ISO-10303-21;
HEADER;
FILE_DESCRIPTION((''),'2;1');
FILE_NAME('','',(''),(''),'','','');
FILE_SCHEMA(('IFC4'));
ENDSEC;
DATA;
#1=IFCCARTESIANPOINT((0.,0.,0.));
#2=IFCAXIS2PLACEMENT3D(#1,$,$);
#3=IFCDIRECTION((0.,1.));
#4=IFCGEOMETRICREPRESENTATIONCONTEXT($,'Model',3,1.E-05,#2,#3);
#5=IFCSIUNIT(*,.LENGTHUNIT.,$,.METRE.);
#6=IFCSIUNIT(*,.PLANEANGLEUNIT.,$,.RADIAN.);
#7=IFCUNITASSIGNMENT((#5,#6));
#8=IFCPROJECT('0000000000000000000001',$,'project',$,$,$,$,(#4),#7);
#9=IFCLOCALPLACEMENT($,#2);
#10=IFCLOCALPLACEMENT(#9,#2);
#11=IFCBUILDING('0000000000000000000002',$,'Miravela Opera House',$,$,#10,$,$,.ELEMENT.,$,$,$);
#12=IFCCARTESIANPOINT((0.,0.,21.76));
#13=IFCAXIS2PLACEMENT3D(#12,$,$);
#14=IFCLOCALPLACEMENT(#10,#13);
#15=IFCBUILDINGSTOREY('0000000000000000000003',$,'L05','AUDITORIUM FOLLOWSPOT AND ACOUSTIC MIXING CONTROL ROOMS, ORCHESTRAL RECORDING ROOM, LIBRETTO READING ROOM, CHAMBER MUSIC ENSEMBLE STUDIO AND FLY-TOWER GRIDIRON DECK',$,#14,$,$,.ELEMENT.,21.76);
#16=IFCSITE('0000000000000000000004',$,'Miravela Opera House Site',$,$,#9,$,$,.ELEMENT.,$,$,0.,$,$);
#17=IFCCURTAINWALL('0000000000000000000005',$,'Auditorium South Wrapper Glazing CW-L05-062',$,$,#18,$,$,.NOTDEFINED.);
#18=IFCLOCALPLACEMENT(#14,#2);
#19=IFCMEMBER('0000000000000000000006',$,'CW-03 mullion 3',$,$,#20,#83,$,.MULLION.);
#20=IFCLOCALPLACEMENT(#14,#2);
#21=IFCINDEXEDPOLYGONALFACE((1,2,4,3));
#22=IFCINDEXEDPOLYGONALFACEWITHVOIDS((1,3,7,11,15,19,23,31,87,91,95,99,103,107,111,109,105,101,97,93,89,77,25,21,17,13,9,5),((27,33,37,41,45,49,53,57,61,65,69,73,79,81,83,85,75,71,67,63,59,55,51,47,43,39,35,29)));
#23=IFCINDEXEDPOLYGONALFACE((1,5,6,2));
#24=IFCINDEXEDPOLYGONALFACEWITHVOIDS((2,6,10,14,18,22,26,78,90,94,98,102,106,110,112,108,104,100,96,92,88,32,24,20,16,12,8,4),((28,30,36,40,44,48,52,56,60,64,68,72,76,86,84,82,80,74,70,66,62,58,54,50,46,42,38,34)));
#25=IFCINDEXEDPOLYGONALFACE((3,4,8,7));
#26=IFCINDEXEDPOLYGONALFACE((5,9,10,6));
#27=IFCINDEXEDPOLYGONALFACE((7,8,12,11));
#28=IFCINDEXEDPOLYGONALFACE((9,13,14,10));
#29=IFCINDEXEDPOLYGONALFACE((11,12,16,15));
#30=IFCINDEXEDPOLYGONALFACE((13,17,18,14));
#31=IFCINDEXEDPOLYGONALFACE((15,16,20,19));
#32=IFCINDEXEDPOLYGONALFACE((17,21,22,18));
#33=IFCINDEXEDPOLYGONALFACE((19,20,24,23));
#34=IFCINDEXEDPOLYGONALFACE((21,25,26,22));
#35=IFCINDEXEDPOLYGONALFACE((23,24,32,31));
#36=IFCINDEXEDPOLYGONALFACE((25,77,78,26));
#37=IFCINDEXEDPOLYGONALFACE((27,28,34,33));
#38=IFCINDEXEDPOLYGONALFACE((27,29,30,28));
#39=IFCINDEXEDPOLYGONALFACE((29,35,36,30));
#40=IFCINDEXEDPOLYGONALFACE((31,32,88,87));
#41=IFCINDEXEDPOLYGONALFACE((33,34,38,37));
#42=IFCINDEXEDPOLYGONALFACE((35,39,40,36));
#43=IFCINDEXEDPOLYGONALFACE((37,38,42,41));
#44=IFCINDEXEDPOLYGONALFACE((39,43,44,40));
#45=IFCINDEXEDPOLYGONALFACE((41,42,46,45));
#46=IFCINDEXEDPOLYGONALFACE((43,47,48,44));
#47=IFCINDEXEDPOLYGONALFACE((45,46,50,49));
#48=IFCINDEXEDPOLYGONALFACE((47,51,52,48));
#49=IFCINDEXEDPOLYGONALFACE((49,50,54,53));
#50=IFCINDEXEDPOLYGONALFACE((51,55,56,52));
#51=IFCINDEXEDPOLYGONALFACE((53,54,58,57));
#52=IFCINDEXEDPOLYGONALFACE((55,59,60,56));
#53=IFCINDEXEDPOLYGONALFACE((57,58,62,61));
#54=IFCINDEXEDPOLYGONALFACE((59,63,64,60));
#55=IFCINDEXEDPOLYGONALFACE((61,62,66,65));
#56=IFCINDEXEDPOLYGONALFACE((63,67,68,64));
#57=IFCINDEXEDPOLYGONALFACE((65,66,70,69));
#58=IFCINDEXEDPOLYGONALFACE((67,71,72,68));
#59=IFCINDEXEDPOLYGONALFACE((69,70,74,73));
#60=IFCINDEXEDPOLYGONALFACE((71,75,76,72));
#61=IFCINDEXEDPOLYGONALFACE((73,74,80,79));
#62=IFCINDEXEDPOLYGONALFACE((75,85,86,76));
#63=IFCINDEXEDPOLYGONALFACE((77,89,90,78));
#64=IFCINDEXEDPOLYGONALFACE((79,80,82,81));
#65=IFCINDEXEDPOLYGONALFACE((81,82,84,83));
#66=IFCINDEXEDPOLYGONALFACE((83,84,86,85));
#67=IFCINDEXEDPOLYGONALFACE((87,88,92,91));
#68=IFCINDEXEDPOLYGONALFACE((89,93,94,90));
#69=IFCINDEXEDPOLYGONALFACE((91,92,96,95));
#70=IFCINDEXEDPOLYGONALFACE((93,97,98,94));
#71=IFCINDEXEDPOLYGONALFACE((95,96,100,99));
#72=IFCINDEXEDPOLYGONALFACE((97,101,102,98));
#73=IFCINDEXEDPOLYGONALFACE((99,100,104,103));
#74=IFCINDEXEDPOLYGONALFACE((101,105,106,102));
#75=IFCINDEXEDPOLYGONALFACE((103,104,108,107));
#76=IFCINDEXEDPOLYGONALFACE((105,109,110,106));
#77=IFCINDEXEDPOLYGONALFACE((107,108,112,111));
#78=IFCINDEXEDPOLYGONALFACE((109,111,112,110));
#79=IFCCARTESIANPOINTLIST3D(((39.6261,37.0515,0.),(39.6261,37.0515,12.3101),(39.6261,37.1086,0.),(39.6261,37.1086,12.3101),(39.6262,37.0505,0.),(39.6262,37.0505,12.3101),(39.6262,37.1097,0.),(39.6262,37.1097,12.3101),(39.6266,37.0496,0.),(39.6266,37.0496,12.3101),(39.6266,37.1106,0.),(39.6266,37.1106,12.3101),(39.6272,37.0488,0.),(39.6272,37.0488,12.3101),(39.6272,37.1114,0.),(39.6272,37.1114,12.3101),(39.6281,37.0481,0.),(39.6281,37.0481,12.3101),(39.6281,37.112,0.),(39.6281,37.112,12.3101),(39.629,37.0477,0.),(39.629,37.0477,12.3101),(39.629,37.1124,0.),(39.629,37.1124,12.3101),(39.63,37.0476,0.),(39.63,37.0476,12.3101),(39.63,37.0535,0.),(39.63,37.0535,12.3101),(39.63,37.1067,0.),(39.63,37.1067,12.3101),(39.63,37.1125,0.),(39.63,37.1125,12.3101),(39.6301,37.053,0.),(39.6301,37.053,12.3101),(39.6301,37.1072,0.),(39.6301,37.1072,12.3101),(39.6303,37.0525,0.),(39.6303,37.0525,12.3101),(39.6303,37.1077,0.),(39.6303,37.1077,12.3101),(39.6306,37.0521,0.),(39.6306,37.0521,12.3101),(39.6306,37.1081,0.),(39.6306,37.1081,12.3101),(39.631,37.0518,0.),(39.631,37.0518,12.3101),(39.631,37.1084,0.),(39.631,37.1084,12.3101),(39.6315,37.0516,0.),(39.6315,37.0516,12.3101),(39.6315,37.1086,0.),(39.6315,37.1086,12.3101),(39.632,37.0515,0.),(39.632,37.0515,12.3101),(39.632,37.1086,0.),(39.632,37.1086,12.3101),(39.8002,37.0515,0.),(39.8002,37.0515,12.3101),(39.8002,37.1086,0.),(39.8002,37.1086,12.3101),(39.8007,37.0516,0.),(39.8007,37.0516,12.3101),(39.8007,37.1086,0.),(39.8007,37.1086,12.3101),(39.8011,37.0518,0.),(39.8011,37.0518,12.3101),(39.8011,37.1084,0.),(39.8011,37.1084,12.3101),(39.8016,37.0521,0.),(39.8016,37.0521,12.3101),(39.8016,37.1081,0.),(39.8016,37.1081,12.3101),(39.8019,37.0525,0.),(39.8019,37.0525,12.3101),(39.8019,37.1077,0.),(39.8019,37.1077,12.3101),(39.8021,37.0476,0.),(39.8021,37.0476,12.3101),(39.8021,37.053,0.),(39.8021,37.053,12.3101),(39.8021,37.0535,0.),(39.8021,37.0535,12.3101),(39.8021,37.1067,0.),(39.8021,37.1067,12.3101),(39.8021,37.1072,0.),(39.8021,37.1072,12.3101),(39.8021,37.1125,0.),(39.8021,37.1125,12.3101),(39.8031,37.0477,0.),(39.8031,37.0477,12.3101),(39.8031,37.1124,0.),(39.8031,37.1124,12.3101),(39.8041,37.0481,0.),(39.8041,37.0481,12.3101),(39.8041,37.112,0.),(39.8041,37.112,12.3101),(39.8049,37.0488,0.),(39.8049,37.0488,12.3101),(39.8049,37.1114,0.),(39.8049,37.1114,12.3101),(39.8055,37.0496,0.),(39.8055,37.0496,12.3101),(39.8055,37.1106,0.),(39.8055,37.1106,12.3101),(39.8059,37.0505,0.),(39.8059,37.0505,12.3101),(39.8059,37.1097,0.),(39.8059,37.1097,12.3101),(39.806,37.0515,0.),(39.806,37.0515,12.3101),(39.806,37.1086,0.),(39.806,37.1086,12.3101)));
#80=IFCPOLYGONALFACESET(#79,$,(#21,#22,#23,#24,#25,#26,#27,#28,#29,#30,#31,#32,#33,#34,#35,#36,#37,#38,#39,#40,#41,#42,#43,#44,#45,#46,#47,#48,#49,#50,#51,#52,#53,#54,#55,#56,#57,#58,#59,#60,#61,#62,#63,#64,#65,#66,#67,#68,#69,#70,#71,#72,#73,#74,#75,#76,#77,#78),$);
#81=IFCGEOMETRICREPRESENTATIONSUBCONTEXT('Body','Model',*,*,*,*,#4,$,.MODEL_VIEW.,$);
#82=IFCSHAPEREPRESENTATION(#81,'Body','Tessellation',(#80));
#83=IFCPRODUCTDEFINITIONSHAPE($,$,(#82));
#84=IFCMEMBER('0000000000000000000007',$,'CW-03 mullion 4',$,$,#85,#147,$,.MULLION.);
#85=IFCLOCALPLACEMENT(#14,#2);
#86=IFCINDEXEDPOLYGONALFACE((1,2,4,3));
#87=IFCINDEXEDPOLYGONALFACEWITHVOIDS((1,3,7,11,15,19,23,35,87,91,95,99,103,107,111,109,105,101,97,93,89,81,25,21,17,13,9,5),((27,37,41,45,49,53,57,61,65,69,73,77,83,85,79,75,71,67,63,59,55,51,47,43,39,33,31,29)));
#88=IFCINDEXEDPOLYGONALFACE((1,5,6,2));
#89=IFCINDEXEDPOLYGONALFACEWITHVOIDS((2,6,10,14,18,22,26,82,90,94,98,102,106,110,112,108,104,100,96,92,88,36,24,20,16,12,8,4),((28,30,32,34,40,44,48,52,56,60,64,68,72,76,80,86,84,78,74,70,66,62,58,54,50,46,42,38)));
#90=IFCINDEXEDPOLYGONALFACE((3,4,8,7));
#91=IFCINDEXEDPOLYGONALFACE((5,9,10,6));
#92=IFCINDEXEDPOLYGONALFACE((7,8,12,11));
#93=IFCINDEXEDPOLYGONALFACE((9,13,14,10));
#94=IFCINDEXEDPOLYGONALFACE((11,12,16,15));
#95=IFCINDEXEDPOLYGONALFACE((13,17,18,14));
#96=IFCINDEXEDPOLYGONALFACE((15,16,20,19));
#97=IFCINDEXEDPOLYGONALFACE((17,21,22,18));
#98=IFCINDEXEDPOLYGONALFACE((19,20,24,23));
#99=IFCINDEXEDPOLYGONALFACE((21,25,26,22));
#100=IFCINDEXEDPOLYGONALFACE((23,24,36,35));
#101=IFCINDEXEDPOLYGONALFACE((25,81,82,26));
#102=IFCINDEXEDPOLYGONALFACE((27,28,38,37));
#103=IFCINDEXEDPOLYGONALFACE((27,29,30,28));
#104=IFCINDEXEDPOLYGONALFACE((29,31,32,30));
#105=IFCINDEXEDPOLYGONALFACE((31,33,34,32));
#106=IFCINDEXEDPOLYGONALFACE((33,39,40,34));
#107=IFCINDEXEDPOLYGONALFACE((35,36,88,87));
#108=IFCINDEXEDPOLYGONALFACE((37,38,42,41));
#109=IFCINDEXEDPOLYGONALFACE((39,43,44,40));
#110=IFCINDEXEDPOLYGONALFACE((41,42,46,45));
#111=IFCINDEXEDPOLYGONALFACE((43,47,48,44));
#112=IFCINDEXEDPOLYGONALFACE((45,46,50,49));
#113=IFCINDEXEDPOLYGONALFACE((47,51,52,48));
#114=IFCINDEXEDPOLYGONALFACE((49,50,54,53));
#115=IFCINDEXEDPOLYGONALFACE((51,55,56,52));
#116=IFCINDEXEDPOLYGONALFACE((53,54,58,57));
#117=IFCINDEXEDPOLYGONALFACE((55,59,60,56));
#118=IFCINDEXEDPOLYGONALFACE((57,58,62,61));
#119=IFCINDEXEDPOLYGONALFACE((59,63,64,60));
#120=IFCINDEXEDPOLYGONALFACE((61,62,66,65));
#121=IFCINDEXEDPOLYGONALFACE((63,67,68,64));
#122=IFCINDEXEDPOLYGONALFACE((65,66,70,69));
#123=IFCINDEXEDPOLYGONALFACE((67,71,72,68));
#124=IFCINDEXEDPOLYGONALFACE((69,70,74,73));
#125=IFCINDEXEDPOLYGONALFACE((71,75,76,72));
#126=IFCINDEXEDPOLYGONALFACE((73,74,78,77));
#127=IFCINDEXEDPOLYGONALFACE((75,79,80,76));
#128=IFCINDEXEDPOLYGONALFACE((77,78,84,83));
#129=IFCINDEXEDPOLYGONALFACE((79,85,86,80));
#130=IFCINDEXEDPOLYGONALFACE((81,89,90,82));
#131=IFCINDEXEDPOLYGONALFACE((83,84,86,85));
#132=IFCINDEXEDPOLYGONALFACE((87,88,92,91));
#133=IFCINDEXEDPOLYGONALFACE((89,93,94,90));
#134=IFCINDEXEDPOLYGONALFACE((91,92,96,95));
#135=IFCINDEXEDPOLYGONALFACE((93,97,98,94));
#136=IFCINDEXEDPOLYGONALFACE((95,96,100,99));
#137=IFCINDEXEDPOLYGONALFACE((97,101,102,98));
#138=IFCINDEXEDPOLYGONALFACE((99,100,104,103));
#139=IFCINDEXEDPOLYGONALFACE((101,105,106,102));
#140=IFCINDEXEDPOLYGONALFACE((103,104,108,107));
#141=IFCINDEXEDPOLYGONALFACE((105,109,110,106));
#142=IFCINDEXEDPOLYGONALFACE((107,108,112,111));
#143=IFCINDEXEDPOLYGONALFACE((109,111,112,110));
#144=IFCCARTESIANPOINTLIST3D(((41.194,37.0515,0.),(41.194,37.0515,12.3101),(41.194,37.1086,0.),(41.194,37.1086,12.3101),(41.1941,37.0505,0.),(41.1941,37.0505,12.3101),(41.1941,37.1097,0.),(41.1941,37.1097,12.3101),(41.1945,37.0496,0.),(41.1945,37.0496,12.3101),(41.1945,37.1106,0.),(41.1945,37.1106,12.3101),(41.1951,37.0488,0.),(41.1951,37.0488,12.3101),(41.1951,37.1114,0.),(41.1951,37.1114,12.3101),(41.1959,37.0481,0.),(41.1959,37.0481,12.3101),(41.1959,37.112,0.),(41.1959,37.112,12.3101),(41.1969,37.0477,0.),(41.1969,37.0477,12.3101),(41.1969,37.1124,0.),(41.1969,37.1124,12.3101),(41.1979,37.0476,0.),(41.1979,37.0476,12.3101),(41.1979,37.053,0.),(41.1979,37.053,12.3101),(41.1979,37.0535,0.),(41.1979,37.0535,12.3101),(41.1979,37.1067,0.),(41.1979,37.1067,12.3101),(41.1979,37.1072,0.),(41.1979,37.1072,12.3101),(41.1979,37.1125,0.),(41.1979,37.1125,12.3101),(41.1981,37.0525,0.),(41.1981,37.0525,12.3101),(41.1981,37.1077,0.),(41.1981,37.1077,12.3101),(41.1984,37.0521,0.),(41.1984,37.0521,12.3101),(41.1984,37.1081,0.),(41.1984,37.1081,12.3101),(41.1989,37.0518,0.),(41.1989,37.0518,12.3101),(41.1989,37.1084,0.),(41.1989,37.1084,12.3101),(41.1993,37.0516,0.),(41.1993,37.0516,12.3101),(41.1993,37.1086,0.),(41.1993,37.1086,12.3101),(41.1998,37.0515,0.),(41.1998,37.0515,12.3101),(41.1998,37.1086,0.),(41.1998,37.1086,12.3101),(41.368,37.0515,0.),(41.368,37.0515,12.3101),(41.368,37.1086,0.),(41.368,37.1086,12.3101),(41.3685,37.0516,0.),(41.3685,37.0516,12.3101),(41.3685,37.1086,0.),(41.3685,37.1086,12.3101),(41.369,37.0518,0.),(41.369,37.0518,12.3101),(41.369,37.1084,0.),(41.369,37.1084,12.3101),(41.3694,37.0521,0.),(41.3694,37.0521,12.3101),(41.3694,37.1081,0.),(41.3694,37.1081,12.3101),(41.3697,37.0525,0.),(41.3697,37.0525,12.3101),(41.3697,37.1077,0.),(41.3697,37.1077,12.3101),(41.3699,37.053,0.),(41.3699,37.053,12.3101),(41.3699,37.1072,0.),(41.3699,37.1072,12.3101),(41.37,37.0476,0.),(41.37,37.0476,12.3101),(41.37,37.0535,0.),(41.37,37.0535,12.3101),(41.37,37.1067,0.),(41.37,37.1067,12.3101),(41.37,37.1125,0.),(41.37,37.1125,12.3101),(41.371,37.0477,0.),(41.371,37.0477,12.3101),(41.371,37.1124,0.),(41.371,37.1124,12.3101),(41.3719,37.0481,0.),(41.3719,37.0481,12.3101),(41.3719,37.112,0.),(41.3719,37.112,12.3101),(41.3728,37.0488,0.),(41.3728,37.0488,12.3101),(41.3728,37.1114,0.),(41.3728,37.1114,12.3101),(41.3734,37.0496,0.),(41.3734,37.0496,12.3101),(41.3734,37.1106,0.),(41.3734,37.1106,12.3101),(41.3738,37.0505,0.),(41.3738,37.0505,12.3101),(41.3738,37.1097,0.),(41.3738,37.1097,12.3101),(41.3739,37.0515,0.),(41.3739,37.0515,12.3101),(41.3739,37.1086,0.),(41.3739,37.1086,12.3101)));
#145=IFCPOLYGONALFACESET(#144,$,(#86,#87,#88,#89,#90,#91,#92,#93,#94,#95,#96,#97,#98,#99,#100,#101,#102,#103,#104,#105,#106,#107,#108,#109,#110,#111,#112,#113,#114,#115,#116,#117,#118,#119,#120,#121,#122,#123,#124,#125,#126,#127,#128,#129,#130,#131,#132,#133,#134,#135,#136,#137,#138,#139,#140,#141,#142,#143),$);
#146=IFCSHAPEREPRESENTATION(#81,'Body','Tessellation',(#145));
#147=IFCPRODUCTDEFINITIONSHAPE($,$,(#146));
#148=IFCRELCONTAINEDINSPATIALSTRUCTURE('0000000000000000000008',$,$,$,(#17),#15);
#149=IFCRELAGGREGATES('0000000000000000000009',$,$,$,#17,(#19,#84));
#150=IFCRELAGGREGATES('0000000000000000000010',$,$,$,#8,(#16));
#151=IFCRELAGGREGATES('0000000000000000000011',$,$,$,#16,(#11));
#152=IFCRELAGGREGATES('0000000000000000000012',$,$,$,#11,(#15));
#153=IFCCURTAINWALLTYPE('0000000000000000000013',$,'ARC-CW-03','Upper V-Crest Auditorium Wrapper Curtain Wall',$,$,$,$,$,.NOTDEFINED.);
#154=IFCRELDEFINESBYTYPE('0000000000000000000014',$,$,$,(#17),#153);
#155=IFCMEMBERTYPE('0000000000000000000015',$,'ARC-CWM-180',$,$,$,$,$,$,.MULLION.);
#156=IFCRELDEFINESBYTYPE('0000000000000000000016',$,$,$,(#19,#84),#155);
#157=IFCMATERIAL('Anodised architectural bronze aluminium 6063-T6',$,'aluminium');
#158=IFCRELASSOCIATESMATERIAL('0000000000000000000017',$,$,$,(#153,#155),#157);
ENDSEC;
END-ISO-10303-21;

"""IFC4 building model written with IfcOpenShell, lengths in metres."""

from ifc_helpers import new_model, si_unit, direction, frame, origin, origin_2d, place, context, subcontext, project, spatial, hollow_rectangle, extrude, material, material_profile, profile_set, type_object, element, aggregate, save


model = new_model("IFC4")

# Units and contexts
model_context = context("Model", 3, precision=1e-05, world=origin(), true_north=direction((0.0, 1.0)))
body_context = subcontext(model_context, "Body", "Model", "MODEL_VIEW")
ifc_project = project(units=[si_unit("LENGTHUNIT", "METRE"), si_unit("PLANEANGLEUNIT", "RADIAN")], contexts=[model_context])

# Site, building, storey
site_placement = place(None, origin())
site = spatial("IfcSite", under=ifc_project, at=site_placement, Name="Miravela Opera House Site", CompositionType="ELEMENT", RefElevation=0.0)
building_placement = place(site_placement, origin())
building = spatial("IfcBuilding", under=site, at=building_placement, Name="Miravela Opera House", CompositionType="ELEMENT")
storey_placement = place(building_placement, frame((0.0, 0.0, 21.76)))
storey = spatial("IfcBuildingStorey", under=building, at=storey_placement, Name="L05", Description="AUDITORIUM FOLLOWSPOT AND ACOUSTIC MIXING CONTROL ROOMS, ORCHESTRAL RECORDING ROOM, LIBRETTO READING ROOM, CHAMBER MUSIC ENSEMBLE STUDIO AND FLY-TOWER GRIDIRON DECK", CompositionType="ELEMENT", Elevation=21.76)

# Curtain wall, members
ifc_material_1 = material(Name="Anodised architectural bronze aluminium 6063-T6", Category="aluminium")
curtain_wall_type = type_object("IfcCurtainWallType", Name="ARC-CW-03", Description="Upper V-Crest Auditorium Wrapper Curtain Wall", PredefinedType="NOTDEFINED", material=ifc_material_1)
curtain_wall_placement = place(storey_placement, origin())
curtain_wall = element("IfcCurtainWall", 1, at=curtain_wall_placement, inside=storey, type_object=curtain_wall_type, Name="Auditorium South Wrapper Glazing CW-L05-062", PredefinedType="NOTDEFINED")
ifc_material_profile_1 = material_profile(ifc_material_1, hollow_rectangle(XDim=0.0649, YDim=0.1799, WallThickness=0.0039, InnerFilletRadius=0.002, OuterFilletRadius=0.0039, at=origin_2d()), Name="CWM-65X180")
ifc_profile_set_1 = profile_set([ifc_material_profile_1])
member_type_1 = type_object("IfcMemberType", Name="ARC-CWM-180", PredefinedType="MULLION", material=ifc_profile_set_1)
member_1_placement = place(storey_placement, frame((39.7161, 37.0801, 0.0), z_axis=(0.0, 0.0, 1.0), x_axis=(0.0, 1.0, 0.0)))
member_1 = element("IfcMember", 2, at=member_1_placement, type_object=member_type_1, Name="CW-03 mullion 3", PredefinedType="MULLION", context=body_context, shape_type="SweptSolid", body=[
    extrude(hollow_rectangle(XDim=0.0649, YDim=0.1799, WallThickness=0.0039, InnerFilletRadius=0.002, OuterFilletRadius=0.0039, at=origin_2d()), origin(), (0.0, 0.0, 1.0), 12.3101),
])
member_2_placement = place(storey_placement, frame((41.2839, 37.0801, 0.0), z_axis=(0.0, 0.0, 1.0), x_axis=(0.0, 1.0, 0.0)))
member_2 = element("IfcMember", 3, at=member_2_placement, type_object=member_type_1, Name="CW-03 mullion 4", PredefinedType="MULLION", context=body_context, shape_type="SweptSolid", body=[
    extrude(hollow_rectangle(XDim=0.0649, YDim=0.1799, WallThickness=0.0039, InnerFilletRadius=0.002, OuterFilletRadius=0.0039, at=origin_2d()), origin(), (0.0, 0.0, 1.0), 12.3101),
])

aggregate(curtain_wall, [member_1, member_2])

save(model, "model.ifc")
